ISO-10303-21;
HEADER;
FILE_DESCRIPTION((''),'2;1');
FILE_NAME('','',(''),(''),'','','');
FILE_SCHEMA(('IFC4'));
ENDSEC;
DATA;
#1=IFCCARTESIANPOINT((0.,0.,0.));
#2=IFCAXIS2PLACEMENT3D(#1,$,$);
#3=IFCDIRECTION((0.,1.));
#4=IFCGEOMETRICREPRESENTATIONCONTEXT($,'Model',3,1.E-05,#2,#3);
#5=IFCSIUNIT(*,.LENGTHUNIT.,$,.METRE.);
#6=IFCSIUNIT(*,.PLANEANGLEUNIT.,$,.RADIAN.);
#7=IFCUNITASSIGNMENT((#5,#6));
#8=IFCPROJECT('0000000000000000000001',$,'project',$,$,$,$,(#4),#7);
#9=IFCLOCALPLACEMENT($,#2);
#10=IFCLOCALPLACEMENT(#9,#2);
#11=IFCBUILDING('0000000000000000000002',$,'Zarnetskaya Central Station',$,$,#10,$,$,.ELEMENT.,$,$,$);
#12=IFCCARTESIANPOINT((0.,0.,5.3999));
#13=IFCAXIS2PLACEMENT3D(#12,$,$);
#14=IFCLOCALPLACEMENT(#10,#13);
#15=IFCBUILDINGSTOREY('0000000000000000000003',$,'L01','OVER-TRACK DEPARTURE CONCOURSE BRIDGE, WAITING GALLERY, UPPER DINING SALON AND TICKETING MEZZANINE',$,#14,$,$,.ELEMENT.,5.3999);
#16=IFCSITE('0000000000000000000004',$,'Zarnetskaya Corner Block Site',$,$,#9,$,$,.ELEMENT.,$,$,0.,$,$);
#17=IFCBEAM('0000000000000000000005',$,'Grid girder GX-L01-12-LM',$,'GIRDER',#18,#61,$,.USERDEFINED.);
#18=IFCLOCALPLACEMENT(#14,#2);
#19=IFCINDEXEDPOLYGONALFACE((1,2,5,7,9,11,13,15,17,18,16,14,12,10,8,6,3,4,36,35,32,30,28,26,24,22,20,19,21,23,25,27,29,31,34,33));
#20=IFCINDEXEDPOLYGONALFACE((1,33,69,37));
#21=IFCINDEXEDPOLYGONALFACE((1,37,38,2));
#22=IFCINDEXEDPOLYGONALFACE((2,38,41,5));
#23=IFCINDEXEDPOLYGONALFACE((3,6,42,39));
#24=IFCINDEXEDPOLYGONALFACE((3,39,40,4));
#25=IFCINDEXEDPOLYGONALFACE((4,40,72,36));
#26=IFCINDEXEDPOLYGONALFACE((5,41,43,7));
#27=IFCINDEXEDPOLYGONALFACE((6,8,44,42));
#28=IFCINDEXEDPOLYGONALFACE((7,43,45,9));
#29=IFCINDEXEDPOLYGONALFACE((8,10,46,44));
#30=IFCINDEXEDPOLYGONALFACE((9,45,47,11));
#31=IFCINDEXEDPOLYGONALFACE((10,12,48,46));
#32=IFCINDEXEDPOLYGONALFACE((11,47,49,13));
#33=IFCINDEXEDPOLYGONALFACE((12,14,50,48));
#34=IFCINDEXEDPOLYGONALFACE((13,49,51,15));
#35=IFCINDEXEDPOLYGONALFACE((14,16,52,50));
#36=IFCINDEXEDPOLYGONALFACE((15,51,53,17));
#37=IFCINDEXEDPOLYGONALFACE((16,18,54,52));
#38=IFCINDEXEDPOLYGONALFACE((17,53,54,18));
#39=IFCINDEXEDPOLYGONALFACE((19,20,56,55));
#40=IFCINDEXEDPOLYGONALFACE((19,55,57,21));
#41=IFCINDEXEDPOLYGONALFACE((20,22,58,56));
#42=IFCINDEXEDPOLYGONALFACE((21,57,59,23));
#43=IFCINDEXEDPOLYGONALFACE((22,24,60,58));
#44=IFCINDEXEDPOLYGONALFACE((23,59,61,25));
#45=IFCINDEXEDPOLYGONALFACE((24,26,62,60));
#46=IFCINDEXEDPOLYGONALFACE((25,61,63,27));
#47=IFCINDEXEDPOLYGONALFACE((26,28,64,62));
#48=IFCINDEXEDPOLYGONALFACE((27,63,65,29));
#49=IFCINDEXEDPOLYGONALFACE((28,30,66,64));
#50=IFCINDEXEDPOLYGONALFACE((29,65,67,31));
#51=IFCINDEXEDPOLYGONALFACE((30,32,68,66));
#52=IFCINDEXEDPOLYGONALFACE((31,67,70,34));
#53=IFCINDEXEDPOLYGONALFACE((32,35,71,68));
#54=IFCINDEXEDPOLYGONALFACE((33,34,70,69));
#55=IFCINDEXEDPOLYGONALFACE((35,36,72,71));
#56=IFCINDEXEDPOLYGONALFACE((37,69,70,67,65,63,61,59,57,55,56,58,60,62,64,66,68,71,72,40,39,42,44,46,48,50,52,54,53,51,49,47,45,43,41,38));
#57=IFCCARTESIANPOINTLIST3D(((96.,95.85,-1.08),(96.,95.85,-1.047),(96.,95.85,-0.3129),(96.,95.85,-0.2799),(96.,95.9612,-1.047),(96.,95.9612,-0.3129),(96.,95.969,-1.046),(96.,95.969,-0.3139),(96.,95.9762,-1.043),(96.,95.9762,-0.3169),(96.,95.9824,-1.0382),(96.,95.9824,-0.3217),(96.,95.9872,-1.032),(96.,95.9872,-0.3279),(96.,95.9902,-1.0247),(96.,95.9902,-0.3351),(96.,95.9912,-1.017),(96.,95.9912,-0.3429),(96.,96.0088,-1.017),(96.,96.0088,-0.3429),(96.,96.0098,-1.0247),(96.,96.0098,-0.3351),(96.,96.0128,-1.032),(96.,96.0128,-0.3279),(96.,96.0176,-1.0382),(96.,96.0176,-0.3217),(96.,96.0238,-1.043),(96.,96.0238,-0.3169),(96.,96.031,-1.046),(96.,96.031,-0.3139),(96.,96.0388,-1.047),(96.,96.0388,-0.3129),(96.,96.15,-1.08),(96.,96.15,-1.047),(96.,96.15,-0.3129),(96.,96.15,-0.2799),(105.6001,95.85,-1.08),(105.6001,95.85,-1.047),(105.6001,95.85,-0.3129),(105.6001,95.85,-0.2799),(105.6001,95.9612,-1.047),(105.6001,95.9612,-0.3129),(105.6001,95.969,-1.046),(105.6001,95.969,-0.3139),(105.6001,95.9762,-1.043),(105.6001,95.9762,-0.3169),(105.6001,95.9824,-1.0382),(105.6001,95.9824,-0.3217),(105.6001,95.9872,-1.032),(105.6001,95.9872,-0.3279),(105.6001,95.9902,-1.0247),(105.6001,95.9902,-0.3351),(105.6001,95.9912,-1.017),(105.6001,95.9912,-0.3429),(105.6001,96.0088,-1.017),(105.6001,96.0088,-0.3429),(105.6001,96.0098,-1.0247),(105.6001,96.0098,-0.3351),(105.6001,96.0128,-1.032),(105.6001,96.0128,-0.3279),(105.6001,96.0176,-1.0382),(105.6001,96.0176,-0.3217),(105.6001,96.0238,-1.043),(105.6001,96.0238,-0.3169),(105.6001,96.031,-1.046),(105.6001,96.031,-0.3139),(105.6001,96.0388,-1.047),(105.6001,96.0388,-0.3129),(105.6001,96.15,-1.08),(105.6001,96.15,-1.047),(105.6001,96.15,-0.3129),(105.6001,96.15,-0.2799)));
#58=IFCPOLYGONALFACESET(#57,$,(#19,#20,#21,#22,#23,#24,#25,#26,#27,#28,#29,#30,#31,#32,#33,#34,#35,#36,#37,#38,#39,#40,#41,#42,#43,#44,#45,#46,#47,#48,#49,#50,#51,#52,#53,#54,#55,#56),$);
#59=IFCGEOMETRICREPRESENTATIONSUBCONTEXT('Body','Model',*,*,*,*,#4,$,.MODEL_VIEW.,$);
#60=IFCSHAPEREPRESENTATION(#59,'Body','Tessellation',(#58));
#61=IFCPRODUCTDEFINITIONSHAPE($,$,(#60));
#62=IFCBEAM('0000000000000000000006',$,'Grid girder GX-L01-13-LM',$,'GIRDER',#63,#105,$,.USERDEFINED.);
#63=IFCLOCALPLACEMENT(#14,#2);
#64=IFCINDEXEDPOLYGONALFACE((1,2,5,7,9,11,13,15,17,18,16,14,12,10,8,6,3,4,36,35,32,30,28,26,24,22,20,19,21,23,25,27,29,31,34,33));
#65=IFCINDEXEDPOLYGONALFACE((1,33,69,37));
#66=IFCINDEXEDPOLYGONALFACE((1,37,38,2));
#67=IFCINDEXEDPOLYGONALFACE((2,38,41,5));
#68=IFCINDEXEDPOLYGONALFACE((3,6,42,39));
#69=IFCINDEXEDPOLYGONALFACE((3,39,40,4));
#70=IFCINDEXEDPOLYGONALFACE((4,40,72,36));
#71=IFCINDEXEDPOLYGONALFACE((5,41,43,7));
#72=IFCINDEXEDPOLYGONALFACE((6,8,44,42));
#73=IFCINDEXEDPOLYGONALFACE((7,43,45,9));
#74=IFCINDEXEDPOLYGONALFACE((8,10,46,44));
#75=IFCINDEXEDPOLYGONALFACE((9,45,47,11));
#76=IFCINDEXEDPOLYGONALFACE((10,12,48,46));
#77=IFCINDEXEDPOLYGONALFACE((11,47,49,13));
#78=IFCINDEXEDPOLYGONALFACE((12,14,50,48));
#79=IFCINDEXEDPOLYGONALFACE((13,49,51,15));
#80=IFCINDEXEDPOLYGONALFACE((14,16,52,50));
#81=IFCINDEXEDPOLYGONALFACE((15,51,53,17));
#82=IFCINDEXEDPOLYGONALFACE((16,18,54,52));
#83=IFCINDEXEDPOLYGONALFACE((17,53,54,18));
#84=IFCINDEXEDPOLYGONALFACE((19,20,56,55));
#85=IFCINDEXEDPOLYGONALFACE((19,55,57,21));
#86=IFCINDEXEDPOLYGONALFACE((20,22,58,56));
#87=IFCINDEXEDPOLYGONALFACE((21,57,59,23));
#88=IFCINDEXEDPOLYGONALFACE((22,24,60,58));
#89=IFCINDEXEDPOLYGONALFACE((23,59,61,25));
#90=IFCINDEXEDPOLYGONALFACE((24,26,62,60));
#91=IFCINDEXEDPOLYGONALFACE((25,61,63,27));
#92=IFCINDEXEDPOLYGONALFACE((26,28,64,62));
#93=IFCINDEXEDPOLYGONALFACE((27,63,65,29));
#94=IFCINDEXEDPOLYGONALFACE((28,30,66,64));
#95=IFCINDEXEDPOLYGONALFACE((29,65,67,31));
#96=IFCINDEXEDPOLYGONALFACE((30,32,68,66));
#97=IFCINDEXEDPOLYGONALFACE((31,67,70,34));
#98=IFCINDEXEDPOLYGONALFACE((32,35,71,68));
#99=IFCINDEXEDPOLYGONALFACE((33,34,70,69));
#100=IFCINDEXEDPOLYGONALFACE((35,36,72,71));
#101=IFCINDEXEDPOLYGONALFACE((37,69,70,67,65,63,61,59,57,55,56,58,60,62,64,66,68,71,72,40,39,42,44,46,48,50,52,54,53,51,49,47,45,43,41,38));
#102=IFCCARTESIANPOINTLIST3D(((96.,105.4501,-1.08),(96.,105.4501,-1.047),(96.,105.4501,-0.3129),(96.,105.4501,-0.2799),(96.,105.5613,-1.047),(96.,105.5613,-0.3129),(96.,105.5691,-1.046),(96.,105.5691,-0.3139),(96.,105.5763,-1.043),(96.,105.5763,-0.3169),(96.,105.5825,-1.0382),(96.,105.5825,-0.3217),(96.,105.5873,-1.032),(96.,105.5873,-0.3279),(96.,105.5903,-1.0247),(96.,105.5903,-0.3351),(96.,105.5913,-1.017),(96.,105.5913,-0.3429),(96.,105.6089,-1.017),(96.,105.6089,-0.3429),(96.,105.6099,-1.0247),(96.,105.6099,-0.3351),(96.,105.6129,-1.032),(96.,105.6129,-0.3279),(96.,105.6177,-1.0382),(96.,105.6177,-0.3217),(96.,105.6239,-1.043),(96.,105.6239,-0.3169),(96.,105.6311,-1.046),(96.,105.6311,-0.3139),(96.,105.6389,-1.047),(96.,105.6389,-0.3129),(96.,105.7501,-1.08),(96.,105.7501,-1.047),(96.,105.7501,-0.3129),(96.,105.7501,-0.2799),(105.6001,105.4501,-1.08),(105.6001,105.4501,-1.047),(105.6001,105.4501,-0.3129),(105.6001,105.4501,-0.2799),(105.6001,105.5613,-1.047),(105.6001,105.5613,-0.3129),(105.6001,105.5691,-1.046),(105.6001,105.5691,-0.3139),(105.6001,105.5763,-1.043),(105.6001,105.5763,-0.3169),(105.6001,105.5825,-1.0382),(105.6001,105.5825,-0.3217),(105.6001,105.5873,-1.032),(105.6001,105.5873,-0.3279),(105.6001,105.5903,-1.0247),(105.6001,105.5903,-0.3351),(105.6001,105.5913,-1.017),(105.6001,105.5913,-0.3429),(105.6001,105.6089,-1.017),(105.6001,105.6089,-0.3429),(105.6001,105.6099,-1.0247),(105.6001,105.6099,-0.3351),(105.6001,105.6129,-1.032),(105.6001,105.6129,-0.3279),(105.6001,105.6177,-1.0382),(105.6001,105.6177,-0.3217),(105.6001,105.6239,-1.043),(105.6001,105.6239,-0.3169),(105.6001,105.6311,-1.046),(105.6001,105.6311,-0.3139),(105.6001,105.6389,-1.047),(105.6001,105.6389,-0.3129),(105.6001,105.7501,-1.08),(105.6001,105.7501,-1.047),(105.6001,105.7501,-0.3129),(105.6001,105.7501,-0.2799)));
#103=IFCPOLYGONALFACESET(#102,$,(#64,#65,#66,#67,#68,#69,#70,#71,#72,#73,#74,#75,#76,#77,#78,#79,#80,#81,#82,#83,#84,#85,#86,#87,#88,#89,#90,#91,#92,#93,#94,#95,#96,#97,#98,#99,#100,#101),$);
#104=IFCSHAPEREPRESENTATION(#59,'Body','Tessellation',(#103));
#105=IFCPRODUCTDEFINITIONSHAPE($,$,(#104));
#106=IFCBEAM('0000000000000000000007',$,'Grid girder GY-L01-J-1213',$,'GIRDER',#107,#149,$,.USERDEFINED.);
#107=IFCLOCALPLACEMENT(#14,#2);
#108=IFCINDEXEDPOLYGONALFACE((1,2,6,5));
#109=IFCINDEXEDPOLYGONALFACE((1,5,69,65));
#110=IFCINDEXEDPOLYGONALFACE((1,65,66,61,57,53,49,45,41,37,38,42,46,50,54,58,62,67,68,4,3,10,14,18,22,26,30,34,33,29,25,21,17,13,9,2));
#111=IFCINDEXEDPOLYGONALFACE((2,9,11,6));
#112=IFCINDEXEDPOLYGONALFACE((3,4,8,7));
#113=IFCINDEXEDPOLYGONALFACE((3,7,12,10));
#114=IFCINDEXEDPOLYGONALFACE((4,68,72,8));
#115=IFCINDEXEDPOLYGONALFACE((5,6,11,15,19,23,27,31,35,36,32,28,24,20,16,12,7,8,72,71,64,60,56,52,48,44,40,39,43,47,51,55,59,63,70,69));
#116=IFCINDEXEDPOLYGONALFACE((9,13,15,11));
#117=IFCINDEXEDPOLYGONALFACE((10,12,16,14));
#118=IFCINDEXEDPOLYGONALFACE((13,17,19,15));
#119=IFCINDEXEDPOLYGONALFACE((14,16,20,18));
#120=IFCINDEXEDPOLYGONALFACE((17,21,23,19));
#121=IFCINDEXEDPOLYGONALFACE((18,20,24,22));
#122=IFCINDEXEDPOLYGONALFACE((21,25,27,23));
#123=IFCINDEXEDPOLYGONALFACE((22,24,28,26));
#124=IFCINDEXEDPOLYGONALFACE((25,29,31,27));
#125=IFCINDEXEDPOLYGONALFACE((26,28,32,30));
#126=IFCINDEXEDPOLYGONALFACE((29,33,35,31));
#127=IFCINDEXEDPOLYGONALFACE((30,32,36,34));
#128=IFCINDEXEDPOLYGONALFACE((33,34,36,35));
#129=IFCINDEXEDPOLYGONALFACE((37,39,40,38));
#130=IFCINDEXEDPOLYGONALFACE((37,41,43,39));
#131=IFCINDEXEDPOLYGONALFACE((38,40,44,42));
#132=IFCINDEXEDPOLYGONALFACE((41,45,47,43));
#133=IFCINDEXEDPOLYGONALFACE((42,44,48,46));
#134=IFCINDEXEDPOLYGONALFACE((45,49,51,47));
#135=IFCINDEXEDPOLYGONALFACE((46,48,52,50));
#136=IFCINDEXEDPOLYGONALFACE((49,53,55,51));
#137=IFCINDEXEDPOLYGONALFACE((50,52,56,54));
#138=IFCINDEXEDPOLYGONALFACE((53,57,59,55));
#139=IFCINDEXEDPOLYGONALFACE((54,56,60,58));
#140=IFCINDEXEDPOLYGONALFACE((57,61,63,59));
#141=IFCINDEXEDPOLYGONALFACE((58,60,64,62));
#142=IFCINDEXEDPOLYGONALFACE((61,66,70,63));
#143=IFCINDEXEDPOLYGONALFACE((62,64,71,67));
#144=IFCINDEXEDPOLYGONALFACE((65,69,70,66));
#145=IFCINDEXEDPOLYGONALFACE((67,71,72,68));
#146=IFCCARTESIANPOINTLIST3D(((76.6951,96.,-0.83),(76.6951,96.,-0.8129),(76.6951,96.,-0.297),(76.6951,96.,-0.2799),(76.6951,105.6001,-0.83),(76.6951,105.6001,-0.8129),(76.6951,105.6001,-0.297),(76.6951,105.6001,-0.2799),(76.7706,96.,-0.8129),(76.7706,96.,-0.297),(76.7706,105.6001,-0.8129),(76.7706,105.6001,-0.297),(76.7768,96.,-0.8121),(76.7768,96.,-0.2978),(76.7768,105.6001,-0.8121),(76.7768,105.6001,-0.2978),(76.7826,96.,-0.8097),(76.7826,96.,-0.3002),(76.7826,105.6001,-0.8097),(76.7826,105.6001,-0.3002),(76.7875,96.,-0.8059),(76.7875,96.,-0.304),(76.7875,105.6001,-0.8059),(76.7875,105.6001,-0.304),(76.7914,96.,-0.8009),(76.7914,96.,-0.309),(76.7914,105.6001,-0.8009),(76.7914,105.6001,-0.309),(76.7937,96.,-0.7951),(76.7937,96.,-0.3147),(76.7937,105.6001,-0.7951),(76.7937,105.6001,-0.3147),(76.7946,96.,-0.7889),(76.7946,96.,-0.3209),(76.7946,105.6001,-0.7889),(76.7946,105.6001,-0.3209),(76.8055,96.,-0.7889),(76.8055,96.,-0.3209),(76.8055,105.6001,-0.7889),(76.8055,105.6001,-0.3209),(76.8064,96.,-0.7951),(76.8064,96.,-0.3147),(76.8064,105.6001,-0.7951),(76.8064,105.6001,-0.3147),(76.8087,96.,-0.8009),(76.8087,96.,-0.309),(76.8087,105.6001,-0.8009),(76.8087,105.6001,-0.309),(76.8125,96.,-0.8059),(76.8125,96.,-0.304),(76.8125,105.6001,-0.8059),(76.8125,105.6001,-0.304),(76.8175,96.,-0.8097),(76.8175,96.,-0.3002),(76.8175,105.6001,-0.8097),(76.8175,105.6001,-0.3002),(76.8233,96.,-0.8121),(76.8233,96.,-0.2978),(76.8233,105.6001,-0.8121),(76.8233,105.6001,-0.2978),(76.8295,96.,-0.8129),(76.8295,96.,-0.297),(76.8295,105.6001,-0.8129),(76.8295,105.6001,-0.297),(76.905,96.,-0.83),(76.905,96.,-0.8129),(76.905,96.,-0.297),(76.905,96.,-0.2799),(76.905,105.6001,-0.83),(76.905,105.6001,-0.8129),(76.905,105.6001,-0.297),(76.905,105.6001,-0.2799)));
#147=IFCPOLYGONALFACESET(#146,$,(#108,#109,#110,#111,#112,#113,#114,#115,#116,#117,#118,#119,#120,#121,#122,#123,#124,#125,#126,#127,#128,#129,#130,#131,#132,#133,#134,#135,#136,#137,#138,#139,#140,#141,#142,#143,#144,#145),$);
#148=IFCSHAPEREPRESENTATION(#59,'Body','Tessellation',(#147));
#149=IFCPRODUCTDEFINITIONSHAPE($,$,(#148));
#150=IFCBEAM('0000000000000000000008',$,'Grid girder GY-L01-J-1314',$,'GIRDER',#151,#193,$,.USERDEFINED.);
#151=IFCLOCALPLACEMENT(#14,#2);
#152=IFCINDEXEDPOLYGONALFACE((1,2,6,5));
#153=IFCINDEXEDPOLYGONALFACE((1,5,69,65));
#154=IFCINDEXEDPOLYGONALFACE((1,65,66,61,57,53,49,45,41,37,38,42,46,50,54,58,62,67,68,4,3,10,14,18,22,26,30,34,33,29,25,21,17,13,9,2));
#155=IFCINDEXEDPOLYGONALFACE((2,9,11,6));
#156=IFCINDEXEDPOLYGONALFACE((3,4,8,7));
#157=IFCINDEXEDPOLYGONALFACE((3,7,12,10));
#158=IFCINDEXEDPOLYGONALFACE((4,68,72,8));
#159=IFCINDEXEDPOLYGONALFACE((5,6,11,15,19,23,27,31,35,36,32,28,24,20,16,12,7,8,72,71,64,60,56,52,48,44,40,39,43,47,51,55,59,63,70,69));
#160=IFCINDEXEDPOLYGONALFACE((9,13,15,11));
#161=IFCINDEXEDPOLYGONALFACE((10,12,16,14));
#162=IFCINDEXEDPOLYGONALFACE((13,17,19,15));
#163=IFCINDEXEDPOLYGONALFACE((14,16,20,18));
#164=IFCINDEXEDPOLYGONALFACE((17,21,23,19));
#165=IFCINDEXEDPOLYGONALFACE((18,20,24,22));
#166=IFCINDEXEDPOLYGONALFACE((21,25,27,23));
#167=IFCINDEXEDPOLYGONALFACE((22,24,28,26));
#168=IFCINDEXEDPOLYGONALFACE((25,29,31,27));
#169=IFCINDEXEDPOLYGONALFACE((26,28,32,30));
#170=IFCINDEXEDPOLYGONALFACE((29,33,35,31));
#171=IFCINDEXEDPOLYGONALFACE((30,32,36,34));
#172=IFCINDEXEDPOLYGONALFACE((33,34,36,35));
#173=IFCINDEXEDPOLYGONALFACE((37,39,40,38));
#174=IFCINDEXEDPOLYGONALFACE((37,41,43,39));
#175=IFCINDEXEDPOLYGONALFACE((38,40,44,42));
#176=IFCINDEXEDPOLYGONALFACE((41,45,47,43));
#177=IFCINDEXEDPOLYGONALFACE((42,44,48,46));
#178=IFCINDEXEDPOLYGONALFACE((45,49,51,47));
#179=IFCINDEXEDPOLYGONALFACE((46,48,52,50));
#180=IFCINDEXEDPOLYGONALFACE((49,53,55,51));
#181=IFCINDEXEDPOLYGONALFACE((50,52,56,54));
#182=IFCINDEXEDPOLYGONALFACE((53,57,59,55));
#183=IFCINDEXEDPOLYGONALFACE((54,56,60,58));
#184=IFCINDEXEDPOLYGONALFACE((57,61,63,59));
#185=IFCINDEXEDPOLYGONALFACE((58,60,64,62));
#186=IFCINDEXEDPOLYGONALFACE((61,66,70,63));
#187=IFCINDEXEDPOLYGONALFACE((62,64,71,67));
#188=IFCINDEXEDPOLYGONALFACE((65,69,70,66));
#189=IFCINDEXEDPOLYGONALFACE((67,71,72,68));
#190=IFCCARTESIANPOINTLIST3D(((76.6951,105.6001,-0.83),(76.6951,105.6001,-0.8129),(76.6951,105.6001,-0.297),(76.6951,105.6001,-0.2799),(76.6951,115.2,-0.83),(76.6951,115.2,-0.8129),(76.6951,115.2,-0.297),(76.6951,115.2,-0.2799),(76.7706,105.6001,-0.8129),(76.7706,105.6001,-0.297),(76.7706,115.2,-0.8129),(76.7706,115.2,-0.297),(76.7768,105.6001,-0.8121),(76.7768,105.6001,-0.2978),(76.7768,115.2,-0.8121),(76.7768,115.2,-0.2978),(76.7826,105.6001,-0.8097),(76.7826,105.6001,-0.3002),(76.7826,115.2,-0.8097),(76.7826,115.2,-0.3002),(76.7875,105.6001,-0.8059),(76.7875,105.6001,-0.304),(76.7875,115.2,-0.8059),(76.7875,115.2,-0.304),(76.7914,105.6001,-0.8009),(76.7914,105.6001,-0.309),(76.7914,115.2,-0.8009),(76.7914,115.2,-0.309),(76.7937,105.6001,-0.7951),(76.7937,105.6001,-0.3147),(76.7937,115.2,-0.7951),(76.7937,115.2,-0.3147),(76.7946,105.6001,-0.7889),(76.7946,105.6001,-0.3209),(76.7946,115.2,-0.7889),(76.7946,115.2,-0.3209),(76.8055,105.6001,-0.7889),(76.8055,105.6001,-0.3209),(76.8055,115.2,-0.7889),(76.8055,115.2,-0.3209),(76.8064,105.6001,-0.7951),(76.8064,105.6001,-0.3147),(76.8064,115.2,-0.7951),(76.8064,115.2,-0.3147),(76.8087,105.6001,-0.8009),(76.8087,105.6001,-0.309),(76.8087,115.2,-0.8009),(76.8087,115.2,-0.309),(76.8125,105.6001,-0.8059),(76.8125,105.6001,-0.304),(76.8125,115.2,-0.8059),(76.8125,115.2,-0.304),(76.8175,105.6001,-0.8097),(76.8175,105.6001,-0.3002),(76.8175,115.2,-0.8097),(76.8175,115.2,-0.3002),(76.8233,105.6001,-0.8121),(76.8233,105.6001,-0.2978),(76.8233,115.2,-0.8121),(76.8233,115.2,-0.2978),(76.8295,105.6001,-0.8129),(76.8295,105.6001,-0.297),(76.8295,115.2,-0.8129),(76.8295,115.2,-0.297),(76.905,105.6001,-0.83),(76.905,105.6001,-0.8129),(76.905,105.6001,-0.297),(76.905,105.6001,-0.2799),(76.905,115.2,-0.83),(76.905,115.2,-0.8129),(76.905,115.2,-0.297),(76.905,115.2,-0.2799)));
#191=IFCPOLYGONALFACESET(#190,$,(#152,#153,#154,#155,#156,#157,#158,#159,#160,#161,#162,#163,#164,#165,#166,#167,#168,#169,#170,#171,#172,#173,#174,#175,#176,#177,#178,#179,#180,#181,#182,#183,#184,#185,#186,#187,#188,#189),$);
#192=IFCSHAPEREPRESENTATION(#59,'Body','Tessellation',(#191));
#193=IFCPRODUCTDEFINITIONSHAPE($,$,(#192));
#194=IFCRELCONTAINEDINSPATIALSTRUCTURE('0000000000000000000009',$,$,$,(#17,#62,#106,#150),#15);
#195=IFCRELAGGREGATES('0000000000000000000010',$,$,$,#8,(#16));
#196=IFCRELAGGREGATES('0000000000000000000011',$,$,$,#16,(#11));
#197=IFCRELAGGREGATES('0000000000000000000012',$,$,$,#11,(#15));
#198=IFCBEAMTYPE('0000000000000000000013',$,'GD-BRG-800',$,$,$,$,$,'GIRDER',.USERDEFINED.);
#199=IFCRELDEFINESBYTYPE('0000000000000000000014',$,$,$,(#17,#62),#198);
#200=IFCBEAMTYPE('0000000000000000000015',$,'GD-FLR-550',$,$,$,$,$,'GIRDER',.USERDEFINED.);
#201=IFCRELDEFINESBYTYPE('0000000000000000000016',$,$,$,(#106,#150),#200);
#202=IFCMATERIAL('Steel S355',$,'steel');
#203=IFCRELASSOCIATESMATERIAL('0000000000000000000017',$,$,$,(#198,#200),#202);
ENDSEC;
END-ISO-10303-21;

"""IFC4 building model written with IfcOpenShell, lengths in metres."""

from ifc_helpers import new_model, si_unit, direction, frame, origin, origin_2d, place, context, subcontext, project, spatial, i_section, extrude, material, material_profile, profile_set, type_object, element, save


model = new_model("IFC4")

# Units and contexts
model_context = context("Model", 3, precision=1e-05, world=origin(), true_north=direction((0.0, 1.0)))
body_context = subcontext(model_context, "Body", "Model", "MODEL_VIEW")
ifc_project = project(units=[si_unit("LENGTHUNIT", "METRE"), si_unit("PLANEANGLEUNIT", "RADIAN")], contexts=[model_context])

# Site, building, storey
site_placement = place(None, origin())
site = spatial("IfcSite", under=ifc_project, at=site_placement, Name="Zarnetskaya Corner Block Site", CompositionType="ELEMENT", RefElevation=0.0)
building_placement = place(site_placement, origin())
building = spatial("IfcBuilding", under=site, at=building_placement, Name="Zarnetskaya Central Station", CompositionType="ELEMENT")
storey_placement = place(building_placement, frame((0.0, 0.0, 5.3999)))
storey = spatial("IfcBuildingStorey", under=building, at=storey_placement, Name="L01", Description="OVER-TRACK DEPARTURE CONCOURSE BRIDGE, WAITING GALLERY, UPPER DINING SALON AND TICKETING MEZZANINE", CompositionType="ELEMENT", Elevation=5.3999)

# Shared definitions
ifc_material_1 = material(Name="Steel S355", Category="steel")

# Beams
ifc_material_profile_1 = material_profile(ifc_material_1, i_section(OverallWidth=0.3, OverallDepth=0.8, WebThickness=0.0176, FlangeThickness=0.033, FilletRadius=0.03, at=origin_2d()), Name="HEB 800")
ifc_profile_set_1 = profile_set([ifc_material_profile_1], Name="Steel S355")
beam_type_1 = type_object("IfcBeamType", Name="GD-BRG-800", ElementType="GIRDER", PredefinedType="USERDEFINED", material=ifc_profile_set_1)
for number, where, z_axis, x_axis, name in (
    (1, (96.0, 96.0, -0.6799), (1.0, 0.0, 0.0), (0.0, 1.0, 0.0), "Grid girder GX-L01-12-LM"),
    (2, (96.0, 105.6001, -0.6799), (1.0, 0.0, 0.0), (0.0, 1.0, 0.0), "Grid girder GX-L01-13-LM"),
):
    element("IfcBeam", number, at=place(storey_placement, frame(where, z_axis=z_axis, x_axis=x_axis)), inside=storey, type_object=beam_type_1, Name=name, ObjectType="GIRDER", PredefinedType="USERDEFINED", context=body_context, shape_type="SweptSolid", body=[
        extrude(i_section(OverallWidth=0.3, OverallDepth=0.8, WebThickness=0.0176, FlangeThickness=0.033, FilletRadius=0.03, at=origin_2d()), origin(), (0.0, 0.0, 1.0), 9.6001),
    ])
ifc_material_profile_2 = material_profile(ifc_material_1, i_section(OverallWidth=0.21, OverallDepth=0.55, WebThickness=0.011, FlangeThickness=0.0171, FilletRadius=0.0239, at=origin_2d()), Name="IPE 550")
ifc_profile_set_2 = profile_set([ifc_material_profile_2], Name="Steel S355")
beam_type_2 = type_object("IfcBeamType", Name="GD-FLR-550", ElementType="GIRDER", PredefinedType="USERDEFINED", material=ifc_profile_set_2)
beam_1_placement = place(storey_placement, frame((76.8, 96.0, -0.5549), z_axis=(0.0, 1.0, 0.0), x_axis=(-1.0, 0.0, 0.0)))
element("IfcBeam", 3, at=beam_1_placement, inside=storey, type_object=beam_type_2, Name="Grid girder GY-L01-J-1213", ObjectType="GIRDER", PredefinedType="USERDEFINED", context=body_context, shape_type="SweptSolid", body=[
    extrude(i_section(OverallWidth=0.21, OverallDepth=0.55, WebThickness=0.011, FlangeThickness=0.0171, FilletRadius=0.0239, at=origin_2d()), origin(), (0.0, 0.0, 1.0), 9.6001),
])
beam_2_placement = place(storey_placement, frame((76.8, 105.6001, -0.5549), z_axis=(0.0, 1.0, 0.0), x_axis=(-1.0, 0.0, 0.0)))
element("IfcBeam", 4, at=beam_2_placement, inside=storey, type_object=beam_type_2, Name="Grid girder GY-L01-J-1314", ObjectType="GIRDER", PredefinedType="USERDEFINED", context=body_context, shape_type="SweptSolid", body=[
    extrude(i_section(OverallWidth=0.21, OverallDepth=0.55, WebThickness=0.011, FlangeThickness=0.0171, FilletRadius=0.0239, at=origin_2d()), origin(), (0.0, 0.0, 1.0), 9.5999),
])

save(model, "model.ifc")
